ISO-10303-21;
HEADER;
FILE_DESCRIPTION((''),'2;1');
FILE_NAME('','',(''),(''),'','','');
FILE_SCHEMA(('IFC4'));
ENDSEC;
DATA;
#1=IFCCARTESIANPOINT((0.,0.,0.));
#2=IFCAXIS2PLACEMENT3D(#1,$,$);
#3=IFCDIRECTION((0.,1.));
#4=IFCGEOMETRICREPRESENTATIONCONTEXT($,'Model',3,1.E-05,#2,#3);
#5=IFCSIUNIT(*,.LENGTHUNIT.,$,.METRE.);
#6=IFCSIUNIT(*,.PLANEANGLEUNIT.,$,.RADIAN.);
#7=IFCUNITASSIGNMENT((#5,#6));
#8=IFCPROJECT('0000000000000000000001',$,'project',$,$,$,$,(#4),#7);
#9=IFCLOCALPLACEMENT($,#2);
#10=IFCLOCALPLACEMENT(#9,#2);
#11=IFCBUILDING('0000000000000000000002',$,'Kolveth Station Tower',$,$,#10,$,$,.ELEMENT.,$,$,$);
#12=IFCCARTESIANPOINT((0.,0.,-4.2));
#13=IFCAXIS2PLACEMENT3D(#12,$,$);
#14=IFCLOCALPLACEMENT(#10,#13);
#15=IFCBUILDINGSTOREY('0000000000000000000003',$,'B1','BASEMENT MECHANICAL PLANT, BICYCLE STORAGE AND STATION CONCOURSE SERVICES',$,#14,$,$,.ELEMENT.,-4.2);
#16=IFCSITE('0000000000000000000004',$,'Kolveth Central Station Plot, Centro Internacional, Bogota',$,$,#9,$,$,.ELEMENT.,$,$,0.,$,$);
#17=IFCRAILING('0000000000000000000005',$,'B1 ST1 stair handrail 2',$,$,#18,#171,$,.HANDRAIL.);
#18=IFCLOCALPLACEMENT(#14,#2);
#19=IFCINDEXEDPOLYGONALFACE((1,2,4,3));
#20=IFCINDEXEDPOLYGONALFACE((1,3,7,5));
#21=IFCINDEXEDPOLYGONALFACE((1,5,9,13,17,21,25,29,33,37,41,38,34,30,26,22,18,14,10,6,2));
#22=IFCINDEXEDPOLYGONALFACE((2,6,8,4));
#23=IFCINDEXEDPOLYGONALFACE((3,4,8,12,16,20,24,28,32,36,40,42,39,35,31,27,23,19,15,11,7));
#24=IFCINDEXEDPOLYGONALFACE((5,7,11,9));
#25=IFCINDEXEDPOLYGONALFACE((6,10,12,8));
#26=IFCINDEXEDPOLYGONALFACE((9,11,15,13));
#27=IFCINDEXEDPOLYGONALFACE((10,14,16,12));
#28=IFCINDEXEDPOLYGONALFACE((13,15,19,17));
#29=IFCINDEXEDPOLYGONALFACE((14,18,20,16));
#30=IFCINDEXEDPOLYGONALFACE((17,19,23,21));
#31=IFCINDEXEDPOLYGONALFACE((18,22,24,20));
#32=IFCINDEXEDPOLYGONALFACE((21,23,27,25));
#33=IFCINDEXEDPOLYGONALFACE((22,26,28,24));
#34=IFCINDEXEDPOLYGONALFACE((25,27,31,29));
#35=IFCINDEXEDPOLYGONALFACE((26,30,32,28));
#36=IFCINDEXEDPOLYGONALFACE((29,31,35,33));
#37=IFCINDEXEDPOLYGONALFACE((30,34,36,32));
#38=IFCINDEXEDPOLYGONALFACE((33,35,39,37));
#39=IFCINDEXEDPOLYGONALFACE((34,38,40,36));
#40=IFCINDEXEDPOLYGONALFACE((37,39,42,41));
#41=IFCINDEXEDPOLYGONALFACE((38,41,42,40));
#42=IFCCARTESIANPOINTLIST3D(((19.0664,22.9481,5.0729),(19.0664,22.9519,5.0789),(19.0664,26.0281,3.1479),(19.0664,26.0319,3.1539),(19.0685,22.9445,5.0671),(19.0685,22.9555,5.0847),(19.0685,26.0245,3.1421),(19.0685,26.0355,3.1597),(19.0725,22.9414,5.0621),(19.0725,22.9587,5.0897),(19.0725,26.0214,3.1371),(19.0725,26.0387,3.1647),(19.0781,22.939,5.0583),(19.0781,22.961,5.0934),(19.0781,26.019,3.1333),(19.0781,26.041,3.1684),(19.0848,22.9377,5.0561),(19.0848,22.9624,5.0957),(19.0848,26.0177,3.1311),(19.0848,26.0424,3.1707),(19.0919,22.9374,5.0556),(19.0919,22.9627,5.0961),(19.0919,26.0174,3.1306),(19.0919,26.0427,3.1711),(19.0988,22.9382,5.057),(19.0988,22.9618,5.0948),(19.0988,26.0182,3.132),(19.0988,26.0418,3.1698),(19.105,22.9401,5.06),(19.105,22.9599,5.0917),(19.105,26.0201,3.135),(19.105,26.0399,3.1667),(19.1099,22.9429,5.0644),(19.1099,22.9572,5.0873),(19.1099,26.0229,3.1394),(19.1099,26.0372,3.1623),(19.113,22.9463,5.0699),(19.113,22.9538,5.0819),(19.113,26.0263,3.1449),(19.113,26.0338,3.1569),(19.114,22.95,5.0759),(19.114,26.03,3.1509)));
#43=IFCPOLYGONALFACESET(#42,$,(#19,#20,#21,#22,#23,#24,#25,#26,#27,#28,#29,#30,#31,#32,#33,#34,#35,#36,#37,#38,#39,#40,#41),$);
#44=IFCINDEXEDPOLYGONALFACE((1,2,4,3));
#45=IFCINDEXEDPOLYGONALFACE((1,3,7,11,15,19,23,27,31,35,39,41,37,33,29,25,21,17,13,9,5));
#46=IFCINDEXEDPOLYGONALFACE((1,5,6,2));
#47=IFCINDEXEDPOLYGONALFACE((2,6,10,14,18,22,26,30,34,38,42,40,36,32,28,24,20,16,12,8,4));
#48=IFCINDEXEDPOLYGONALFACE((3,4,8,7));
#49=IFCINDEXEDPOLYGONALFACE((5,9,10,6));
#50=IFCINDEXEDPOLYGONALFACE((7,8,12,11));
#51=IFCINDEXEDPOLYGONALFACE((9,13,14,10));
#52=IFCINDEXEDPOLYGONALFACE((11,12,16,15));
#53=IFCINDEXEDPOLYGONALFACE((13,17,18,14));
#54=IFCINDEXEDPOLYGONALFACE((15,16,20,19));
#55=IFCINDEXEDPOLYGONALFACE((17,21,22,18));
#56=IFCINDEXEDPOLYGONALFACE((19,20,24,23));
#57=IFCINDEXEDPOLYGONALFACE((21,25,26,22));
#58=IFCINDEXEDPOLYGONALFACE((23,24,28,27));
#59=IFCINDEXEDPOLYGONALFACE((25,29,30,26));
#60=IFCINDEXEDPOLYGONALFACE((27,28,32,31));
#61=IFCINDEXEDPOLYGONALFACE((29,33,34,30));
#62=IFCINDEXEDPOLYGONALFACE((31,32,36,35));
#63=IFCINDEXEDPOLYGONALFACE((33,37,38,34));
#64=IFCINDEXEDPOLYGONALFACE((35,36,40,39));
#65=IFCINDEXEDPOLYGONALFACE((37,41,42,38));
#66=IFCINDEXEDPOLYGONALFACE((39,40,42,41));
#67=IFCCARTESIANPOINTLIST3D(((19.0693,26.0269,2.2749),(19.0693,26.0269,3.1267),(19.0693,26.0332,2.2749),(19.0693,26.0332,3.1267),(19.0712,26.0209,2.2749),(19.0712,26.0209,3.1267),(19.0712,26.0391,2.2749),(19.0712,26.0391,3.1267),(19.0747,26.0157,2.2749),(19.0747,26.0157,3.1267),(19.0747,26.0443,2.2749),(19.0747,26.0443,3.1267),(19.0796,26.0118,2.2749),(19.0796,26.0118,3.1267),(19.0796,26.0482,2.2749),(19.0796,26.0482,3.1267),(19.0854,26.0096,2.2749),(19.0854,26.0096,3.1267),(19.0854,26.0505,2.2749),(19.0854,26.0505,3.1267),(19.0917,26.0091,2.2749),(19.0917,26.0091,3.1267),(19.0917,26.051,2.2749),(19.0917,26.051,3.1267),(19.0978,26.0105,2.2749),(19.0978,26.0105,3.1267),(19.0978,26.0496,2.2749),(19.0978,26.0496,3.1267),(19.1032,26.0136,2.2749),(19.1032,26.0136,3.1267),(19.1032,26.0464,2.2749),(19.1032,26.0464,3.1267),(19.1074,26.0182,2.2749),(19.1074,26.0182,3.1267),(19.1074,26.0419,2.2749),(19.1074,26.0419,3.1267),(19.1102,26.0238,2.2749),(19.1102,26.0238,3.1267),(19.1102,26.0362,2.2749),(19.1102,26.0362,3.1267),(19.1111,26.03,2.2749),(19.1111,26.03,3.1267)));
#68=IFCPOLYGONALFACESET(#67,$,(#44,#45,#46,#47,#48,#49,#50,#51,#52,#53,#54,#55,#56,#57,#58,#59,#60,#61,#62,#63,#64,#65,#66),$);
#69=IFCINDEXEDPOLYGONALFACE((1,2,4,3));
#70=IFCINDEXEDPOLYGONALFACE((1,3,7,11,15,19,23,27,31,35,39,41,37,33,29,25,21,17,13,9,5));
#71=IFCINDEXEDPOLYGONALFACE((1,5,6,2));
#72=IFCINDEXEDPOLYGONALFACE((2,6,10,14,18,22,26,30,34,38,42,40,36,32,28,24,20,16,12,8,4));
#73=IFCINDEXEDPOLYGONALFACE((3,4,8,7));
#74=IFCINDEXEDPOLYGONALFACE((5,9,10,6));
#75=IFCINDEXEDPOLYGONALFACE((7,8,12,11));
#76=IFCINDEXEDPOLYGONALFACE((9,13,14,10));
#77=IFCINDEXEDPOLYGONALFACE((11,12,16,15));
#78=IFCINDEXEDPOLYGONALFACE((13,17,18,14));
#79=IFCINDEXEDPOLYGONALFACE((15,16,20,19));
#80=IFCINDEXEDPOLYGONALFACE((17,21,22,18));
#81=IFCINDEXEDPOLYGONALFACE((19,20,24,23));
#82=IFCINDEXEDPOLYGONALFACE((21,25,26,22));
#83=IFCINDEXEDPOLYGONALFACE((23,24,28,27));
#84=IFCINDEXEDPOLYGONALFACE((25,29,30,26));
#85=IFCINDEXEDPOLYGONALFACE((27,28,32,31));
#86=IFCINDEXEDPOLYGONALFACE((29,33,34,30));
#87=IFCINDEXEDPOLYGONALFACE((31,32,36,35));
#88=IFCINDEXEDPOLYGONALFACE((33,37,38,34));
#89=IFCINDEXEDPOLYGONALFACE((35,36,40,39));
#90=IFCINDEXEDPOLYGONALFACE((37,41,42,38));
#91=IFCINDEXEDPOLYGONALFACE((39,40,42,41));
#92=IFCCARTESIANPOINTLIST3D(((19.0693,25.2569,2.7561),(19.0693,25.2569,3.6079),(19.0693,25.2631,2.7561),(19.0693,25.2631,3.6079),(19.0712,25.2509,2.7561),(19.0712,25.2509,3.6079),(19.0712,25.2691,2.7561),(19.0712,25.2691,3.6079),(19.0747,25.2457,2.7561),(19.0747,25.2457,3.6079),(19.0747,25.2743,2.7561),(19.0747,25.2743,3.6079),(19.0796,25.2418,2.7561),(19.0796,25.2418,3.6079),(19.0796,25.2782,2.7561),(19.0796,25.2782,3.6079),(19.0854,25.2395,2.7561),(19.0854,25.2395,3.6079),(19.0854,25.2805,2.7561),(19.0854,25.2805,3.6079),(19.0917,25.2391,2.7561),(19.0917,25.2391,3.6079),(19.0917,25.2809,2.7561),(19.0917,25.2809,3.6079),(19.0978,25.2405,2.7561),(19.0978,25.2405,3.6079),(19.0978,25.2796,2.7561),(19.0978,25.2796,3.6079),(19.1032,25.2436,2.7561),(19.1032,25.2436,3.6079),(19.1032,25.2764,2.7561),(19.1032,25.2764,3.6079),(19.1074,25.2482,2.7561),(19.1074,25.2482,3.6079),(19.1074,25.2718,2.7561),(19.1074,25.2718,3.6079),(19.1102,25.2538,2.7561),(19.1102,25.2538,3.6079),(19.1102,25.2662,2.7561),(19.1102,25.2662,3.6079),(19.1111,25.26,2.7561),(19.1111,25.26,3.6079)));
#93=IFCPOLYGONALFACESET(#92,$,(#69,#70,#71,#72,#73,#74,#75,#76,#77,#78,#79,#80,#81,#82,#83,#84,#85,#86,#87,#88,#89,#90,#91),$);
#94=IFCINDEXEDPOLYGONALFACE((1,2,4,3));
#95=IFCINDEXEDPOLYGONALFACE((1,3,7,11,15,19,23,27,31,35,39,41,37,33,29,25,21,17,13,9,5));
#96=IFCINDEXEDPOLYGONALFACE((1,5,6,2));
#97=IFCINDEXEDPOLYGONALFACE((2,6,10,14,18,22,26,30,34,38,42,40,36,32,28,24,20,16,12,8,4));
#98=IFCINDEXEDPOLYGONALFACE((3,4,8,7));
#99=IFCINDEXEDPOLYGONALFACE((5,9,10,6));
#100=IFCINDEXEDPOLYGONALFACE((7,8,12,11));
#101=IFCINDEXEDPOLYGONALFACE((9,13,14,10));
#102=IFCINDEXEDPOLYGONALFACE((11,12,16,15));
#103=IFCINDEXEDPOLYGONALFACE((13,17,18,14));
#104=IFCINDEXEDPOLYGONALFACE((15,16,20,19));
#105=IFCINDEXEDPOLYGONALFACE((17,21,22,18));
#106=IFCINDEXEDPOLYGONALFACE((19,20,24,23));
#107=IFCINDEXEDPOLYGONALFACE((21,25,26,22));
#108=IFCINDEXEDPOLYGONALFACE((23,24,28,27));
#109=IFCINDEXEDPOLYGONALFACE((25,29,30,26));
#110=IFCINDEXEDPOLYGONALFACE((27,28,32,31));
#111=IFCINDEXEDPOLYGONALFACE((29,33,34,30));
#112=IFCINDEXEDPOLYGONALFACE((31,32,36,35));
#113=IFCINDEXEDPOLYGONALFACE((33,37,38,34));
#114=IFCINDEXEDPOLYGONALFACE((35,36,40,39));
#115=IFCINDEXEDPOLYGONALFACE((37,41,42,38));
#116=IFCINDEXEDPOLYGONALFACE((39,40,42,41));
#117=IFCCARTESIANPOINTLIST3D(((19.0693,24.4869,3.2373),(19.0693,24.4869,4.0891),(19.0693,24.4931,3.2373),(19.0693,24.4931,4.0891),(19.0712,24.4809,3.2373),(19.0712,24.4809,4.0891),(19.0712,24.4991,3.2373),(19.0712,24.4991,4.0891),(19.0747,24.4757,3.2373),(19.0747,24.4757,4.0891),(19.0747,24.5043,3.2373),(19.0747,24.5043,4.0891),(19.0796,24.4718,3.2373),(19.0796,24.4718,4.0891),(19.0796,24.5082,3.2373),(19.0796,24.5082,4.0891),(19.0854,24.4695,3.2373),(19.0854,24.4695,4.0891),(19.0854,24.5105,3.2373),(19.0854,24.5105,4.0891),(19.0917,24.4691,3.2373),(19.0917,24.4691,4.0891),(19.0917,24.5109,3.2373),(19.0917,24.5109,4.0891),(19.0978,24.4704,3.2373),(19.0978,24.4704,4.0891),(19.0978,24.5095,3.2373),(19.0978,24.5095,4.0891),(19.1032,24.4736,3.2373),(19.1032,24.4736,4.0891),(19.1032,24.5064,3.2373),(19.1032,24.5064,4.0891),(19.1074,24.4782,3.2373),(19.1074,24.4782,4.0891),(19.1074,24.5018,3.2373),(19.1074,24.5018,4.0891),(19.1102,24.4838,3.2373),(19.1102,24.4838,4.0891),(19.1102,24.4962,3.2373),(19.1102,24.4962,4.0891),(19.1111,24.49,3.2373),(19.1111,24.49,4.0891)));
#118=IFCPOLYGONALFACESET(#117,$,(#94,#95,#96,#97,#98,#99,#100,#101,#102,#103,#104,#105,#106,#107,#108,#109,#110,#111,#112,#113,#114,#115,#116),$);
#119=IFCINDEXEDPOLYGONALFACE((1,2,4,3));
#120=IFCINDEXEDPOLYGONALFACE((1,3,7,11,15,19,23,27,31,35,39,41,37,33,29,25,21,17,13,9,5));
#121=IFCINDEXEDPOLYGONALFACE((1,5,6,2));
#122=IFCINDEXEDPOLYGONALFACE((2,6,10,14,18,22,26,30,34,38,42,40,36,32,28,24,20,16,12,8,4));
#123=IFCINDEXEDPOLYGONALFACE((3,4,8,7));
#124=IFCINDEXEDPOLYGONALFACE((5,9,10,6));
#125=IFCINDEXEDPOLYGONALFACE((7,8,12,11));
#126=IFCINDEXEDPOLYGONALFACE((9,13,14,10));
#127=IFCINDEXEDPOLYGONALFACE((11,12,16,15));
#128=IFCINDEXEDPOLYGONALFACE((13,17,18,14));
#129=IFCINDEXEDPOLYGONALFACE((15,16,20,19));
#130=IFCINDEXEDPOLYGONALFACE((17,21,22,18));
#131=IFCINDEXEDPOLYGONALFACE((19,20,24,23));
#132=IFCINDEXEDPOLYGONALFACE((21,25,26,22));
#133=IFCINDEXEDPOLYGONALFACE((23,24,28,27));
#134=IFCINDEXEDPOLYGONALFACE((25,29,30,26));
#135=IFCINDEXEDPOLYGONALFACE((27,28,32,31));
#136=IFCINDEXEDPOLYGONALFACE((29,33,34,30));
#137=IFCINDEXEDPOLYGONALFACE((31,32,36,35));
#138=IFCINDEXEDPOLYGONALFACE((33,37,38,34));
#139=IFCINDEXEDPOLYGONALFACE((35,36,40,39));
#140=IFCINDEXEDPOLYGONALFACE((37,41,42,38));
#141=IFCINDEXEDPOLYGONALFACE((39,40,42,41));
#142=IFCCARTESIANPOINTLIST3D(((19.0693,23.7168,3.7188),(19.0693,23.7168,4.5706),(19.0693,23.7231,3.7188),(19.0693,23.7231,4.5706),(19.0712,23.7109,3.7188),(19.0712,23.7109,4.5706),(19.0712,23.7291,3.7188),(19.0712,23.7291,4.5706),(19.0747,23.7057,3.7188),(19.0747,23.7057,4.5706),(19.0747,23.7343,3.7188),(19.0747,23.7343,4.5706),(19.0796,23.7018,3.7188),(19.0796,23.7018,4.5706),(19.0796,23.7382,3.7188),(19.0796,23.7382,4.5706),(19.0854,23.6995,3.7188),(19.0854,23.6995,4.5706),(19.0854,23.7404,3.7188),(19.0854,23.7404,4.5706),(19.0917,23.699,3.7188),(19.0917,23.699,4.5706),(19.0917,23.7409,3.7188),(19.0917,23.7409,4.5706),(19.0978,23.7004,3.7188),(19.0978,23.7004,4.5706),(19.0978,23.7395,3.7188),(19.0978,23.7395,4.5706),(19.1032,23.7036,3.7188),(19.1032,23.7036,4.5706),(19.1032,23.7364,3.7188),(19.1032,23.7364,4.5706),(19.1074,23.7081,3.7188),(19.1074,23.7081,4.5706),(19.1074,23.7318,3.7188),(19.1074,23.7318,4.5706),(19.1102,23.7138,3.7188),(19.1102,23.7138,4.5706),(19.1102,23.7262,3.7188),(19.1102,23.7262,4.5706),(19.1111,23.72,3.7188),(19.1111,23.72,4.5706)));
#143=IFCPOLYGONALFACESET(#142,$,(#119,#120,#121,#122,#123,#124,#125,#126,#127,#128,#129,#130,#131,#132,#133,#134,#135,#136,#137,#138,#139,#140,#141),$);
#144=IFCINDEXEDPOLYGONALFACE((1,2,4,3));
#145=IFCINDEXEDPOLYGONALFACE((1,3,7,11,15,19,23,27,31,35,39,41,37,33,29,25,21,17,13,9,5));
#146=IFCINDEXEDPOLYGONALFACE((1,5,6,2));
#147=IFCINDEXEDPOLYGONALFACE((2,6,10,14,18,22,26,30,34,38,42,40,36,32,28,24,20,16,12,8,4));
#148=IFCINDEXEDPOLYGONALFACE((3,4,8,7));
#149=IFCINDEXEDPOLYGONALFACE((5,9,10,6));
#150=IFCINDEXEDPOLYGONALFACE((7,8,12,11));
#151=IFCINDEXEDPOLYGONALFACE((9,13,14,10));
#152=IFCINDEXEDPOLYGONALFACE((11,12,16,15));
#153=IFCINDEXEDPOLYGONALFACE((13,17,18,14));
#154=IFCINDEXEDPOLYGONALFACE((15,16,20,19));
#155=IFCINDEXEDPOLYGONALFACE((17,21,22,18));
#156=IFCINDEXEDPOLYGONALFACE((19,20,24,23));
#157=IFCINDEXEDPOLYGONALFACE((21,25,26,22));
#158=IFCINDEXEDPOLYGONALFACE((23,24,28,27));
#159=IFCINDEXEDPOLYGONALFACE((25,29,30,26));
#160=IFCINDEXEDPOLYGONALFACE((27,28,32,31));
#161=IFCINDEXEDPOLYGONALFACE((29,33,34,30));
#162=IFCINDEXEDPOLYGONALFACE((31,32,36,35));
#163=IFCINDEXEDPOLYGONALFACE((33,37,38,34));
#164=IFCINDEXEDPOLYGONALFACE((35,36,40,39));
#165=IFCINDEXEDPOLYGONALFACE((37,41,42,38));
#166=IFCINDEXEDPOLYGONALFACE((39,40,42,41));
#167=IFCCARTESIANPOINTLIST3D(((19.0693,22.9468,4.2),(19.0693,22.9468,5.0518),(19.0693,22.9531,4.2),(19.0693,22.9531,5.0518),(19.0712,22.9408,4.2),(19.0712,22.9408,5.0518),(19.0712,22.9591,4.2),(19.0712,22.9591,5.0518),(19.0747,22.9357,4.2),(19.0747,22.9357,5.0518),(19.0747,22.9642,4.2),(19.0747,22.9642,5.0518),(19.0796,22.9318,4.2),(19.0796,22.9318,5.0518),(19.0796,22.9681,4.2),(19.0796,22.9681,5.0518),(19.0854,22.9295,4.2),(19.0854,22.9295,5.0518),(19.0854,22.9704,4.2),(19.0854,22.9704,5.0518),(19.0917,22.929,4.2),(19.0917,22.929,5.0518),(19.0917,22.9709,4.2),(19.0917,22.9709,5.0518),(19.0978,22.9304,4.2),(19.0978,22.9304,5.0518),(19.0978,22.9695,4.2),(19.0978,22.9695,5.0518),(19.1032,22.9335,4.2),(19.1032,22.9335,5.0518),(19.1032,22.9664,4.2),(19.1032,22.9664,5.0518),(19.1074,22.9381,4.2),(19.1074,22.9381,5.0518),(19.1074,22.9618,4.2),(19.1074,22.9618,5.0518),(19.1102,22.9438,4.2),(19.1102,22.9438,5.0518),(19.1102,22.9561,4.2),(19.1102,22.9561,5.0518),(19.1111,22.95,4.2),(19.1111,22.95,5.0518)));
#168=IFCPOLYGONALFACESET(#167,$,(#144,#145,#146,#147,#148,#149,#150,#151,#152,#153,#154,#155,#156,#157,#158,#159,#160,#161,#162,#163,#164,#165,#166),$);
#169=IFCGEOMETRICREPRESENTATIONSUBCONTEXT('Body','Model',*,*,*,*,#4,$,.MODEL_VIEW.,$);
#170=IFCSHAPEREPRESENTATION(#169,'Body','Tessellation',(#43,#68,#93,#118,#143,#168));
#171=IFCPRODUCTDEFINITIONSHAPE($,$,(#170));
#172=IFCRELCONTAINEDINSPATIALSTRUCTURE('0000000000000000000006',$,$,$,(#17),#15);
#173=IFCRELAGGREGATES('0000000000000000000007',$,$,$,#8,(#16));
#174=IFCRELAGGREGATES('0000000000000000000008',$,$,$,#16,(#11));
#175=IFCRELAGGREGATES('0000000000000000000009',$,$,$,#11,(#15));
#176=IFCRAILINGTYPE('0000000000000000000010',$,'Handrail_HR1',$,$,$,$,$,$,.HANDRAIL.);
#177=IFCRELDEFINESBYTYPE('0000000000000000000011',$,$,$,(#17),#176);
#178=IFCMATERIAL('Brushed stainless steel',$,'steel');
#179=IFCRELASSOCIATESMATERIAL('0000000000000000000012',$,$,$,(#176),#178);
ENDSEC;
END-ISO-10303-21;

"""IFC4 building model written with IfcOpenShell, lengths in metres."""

from ifc_helpers import new_model, si_unit, direction, frame, origin, origin_2d, place, context, subcontext, project, spatial, circle, extrude, material, type_object, element, save


model = new_model("IFC4")

# Units and contexts
model_context = context("Model", 3, precision=1e-05, world=origin(), true_north=direction((0.0, 1.0)))
body_context = subcontext(model_context, "Body", "Model", "MODEL_VIEW")
ifc_project = project(units=[si_unit("LENGTHUNIT", "METRE"), si_unit("PLANEANGLEUNIT", "RADIAN")], contexts=[model_context])

# Site, building, storey
site_placement = place(None, origin())
site = spatial("IfcSite", under=ifc_project, at=site_placement, Name="Kolveth Central Station Plot, Centro Internacional, Bogota", CompositionType="ELEMENT", RefElevation=0.0)
building_placement = place(site_placement, origin())
building = spatial("IfcBuilding", under=site, at=building_placement, Name="Kolveth Station Tower", CompositionType="ELEMENT")
storey_placement = place(building_placement, frame((0.0, 0.0, -4.2)))
storey = spatial("IfcBuildingStorey", under=building, at=storey_placement, Name="B1", Description="BASEMENT MECHANICAL PLANT, BICYCLE STORAGE AND STATION CONCOURSE SERVICES", CompositionType="ELEMENT", Elevation=-4.2)

# Railing
ifc_material_1 = material(Name="Brushed stainless steel", Category="steel")
railing_type_1 = type_object("IfcRailingType", Name="Handrail_HR1", PredefinedType="HANDRAIL", material=ifc_material_1)
railing_1_placement = place(storey_placement, frame((19.0901, 26.03, 2.2749)))
element("IfcRailing", 1, at=railing_1_placement, inside=storey, type_object=railing_type_1, Name="B1 ST1 stair handrail 2", PredefinedType="HANDRAIL", context=body_context, shape_type="SweptSolid", body=[
    extrude(circle(Radius=0.0239, at=origin_2d()), frame((0.0, 0.0, 0.876), z_axis=(0.0, -0.847998, 0.529999), x_axis=(1.0, 0.0, 0.0)), (0.0, 0.0, 1.0), 3.6321),
    extrude(circle(Radius=0.021, at=origin_2d()), origin(), (0.0, 0.0, 1.0), 0.8518),
    extrude(circle(Radius=0.021, at=origin_2d()), frame((0.0, -0.77, 0.4812)), (0.0, 0.0, 1.0), 0.8518),
    extrude(circle(Radius=0.021, at=origin_2d()), frame((0.0, -1.54, 0.9624)), (0.0, 0.0, 1.0), 0.8518),
    extrude(circle(Radius=0.021, at=origin_2d()), frame((0.0, -2.3101, 1.4438)), (0.0, 0.0, 1.0), 0.8518),
    extrude(circle(Radius=0.021, at=origin_2d()), frame((0.0, -3.0801, 1.925)), (0.0, 0.0, 1.0), 0.8518),
])

save(model, "model.ifc")
